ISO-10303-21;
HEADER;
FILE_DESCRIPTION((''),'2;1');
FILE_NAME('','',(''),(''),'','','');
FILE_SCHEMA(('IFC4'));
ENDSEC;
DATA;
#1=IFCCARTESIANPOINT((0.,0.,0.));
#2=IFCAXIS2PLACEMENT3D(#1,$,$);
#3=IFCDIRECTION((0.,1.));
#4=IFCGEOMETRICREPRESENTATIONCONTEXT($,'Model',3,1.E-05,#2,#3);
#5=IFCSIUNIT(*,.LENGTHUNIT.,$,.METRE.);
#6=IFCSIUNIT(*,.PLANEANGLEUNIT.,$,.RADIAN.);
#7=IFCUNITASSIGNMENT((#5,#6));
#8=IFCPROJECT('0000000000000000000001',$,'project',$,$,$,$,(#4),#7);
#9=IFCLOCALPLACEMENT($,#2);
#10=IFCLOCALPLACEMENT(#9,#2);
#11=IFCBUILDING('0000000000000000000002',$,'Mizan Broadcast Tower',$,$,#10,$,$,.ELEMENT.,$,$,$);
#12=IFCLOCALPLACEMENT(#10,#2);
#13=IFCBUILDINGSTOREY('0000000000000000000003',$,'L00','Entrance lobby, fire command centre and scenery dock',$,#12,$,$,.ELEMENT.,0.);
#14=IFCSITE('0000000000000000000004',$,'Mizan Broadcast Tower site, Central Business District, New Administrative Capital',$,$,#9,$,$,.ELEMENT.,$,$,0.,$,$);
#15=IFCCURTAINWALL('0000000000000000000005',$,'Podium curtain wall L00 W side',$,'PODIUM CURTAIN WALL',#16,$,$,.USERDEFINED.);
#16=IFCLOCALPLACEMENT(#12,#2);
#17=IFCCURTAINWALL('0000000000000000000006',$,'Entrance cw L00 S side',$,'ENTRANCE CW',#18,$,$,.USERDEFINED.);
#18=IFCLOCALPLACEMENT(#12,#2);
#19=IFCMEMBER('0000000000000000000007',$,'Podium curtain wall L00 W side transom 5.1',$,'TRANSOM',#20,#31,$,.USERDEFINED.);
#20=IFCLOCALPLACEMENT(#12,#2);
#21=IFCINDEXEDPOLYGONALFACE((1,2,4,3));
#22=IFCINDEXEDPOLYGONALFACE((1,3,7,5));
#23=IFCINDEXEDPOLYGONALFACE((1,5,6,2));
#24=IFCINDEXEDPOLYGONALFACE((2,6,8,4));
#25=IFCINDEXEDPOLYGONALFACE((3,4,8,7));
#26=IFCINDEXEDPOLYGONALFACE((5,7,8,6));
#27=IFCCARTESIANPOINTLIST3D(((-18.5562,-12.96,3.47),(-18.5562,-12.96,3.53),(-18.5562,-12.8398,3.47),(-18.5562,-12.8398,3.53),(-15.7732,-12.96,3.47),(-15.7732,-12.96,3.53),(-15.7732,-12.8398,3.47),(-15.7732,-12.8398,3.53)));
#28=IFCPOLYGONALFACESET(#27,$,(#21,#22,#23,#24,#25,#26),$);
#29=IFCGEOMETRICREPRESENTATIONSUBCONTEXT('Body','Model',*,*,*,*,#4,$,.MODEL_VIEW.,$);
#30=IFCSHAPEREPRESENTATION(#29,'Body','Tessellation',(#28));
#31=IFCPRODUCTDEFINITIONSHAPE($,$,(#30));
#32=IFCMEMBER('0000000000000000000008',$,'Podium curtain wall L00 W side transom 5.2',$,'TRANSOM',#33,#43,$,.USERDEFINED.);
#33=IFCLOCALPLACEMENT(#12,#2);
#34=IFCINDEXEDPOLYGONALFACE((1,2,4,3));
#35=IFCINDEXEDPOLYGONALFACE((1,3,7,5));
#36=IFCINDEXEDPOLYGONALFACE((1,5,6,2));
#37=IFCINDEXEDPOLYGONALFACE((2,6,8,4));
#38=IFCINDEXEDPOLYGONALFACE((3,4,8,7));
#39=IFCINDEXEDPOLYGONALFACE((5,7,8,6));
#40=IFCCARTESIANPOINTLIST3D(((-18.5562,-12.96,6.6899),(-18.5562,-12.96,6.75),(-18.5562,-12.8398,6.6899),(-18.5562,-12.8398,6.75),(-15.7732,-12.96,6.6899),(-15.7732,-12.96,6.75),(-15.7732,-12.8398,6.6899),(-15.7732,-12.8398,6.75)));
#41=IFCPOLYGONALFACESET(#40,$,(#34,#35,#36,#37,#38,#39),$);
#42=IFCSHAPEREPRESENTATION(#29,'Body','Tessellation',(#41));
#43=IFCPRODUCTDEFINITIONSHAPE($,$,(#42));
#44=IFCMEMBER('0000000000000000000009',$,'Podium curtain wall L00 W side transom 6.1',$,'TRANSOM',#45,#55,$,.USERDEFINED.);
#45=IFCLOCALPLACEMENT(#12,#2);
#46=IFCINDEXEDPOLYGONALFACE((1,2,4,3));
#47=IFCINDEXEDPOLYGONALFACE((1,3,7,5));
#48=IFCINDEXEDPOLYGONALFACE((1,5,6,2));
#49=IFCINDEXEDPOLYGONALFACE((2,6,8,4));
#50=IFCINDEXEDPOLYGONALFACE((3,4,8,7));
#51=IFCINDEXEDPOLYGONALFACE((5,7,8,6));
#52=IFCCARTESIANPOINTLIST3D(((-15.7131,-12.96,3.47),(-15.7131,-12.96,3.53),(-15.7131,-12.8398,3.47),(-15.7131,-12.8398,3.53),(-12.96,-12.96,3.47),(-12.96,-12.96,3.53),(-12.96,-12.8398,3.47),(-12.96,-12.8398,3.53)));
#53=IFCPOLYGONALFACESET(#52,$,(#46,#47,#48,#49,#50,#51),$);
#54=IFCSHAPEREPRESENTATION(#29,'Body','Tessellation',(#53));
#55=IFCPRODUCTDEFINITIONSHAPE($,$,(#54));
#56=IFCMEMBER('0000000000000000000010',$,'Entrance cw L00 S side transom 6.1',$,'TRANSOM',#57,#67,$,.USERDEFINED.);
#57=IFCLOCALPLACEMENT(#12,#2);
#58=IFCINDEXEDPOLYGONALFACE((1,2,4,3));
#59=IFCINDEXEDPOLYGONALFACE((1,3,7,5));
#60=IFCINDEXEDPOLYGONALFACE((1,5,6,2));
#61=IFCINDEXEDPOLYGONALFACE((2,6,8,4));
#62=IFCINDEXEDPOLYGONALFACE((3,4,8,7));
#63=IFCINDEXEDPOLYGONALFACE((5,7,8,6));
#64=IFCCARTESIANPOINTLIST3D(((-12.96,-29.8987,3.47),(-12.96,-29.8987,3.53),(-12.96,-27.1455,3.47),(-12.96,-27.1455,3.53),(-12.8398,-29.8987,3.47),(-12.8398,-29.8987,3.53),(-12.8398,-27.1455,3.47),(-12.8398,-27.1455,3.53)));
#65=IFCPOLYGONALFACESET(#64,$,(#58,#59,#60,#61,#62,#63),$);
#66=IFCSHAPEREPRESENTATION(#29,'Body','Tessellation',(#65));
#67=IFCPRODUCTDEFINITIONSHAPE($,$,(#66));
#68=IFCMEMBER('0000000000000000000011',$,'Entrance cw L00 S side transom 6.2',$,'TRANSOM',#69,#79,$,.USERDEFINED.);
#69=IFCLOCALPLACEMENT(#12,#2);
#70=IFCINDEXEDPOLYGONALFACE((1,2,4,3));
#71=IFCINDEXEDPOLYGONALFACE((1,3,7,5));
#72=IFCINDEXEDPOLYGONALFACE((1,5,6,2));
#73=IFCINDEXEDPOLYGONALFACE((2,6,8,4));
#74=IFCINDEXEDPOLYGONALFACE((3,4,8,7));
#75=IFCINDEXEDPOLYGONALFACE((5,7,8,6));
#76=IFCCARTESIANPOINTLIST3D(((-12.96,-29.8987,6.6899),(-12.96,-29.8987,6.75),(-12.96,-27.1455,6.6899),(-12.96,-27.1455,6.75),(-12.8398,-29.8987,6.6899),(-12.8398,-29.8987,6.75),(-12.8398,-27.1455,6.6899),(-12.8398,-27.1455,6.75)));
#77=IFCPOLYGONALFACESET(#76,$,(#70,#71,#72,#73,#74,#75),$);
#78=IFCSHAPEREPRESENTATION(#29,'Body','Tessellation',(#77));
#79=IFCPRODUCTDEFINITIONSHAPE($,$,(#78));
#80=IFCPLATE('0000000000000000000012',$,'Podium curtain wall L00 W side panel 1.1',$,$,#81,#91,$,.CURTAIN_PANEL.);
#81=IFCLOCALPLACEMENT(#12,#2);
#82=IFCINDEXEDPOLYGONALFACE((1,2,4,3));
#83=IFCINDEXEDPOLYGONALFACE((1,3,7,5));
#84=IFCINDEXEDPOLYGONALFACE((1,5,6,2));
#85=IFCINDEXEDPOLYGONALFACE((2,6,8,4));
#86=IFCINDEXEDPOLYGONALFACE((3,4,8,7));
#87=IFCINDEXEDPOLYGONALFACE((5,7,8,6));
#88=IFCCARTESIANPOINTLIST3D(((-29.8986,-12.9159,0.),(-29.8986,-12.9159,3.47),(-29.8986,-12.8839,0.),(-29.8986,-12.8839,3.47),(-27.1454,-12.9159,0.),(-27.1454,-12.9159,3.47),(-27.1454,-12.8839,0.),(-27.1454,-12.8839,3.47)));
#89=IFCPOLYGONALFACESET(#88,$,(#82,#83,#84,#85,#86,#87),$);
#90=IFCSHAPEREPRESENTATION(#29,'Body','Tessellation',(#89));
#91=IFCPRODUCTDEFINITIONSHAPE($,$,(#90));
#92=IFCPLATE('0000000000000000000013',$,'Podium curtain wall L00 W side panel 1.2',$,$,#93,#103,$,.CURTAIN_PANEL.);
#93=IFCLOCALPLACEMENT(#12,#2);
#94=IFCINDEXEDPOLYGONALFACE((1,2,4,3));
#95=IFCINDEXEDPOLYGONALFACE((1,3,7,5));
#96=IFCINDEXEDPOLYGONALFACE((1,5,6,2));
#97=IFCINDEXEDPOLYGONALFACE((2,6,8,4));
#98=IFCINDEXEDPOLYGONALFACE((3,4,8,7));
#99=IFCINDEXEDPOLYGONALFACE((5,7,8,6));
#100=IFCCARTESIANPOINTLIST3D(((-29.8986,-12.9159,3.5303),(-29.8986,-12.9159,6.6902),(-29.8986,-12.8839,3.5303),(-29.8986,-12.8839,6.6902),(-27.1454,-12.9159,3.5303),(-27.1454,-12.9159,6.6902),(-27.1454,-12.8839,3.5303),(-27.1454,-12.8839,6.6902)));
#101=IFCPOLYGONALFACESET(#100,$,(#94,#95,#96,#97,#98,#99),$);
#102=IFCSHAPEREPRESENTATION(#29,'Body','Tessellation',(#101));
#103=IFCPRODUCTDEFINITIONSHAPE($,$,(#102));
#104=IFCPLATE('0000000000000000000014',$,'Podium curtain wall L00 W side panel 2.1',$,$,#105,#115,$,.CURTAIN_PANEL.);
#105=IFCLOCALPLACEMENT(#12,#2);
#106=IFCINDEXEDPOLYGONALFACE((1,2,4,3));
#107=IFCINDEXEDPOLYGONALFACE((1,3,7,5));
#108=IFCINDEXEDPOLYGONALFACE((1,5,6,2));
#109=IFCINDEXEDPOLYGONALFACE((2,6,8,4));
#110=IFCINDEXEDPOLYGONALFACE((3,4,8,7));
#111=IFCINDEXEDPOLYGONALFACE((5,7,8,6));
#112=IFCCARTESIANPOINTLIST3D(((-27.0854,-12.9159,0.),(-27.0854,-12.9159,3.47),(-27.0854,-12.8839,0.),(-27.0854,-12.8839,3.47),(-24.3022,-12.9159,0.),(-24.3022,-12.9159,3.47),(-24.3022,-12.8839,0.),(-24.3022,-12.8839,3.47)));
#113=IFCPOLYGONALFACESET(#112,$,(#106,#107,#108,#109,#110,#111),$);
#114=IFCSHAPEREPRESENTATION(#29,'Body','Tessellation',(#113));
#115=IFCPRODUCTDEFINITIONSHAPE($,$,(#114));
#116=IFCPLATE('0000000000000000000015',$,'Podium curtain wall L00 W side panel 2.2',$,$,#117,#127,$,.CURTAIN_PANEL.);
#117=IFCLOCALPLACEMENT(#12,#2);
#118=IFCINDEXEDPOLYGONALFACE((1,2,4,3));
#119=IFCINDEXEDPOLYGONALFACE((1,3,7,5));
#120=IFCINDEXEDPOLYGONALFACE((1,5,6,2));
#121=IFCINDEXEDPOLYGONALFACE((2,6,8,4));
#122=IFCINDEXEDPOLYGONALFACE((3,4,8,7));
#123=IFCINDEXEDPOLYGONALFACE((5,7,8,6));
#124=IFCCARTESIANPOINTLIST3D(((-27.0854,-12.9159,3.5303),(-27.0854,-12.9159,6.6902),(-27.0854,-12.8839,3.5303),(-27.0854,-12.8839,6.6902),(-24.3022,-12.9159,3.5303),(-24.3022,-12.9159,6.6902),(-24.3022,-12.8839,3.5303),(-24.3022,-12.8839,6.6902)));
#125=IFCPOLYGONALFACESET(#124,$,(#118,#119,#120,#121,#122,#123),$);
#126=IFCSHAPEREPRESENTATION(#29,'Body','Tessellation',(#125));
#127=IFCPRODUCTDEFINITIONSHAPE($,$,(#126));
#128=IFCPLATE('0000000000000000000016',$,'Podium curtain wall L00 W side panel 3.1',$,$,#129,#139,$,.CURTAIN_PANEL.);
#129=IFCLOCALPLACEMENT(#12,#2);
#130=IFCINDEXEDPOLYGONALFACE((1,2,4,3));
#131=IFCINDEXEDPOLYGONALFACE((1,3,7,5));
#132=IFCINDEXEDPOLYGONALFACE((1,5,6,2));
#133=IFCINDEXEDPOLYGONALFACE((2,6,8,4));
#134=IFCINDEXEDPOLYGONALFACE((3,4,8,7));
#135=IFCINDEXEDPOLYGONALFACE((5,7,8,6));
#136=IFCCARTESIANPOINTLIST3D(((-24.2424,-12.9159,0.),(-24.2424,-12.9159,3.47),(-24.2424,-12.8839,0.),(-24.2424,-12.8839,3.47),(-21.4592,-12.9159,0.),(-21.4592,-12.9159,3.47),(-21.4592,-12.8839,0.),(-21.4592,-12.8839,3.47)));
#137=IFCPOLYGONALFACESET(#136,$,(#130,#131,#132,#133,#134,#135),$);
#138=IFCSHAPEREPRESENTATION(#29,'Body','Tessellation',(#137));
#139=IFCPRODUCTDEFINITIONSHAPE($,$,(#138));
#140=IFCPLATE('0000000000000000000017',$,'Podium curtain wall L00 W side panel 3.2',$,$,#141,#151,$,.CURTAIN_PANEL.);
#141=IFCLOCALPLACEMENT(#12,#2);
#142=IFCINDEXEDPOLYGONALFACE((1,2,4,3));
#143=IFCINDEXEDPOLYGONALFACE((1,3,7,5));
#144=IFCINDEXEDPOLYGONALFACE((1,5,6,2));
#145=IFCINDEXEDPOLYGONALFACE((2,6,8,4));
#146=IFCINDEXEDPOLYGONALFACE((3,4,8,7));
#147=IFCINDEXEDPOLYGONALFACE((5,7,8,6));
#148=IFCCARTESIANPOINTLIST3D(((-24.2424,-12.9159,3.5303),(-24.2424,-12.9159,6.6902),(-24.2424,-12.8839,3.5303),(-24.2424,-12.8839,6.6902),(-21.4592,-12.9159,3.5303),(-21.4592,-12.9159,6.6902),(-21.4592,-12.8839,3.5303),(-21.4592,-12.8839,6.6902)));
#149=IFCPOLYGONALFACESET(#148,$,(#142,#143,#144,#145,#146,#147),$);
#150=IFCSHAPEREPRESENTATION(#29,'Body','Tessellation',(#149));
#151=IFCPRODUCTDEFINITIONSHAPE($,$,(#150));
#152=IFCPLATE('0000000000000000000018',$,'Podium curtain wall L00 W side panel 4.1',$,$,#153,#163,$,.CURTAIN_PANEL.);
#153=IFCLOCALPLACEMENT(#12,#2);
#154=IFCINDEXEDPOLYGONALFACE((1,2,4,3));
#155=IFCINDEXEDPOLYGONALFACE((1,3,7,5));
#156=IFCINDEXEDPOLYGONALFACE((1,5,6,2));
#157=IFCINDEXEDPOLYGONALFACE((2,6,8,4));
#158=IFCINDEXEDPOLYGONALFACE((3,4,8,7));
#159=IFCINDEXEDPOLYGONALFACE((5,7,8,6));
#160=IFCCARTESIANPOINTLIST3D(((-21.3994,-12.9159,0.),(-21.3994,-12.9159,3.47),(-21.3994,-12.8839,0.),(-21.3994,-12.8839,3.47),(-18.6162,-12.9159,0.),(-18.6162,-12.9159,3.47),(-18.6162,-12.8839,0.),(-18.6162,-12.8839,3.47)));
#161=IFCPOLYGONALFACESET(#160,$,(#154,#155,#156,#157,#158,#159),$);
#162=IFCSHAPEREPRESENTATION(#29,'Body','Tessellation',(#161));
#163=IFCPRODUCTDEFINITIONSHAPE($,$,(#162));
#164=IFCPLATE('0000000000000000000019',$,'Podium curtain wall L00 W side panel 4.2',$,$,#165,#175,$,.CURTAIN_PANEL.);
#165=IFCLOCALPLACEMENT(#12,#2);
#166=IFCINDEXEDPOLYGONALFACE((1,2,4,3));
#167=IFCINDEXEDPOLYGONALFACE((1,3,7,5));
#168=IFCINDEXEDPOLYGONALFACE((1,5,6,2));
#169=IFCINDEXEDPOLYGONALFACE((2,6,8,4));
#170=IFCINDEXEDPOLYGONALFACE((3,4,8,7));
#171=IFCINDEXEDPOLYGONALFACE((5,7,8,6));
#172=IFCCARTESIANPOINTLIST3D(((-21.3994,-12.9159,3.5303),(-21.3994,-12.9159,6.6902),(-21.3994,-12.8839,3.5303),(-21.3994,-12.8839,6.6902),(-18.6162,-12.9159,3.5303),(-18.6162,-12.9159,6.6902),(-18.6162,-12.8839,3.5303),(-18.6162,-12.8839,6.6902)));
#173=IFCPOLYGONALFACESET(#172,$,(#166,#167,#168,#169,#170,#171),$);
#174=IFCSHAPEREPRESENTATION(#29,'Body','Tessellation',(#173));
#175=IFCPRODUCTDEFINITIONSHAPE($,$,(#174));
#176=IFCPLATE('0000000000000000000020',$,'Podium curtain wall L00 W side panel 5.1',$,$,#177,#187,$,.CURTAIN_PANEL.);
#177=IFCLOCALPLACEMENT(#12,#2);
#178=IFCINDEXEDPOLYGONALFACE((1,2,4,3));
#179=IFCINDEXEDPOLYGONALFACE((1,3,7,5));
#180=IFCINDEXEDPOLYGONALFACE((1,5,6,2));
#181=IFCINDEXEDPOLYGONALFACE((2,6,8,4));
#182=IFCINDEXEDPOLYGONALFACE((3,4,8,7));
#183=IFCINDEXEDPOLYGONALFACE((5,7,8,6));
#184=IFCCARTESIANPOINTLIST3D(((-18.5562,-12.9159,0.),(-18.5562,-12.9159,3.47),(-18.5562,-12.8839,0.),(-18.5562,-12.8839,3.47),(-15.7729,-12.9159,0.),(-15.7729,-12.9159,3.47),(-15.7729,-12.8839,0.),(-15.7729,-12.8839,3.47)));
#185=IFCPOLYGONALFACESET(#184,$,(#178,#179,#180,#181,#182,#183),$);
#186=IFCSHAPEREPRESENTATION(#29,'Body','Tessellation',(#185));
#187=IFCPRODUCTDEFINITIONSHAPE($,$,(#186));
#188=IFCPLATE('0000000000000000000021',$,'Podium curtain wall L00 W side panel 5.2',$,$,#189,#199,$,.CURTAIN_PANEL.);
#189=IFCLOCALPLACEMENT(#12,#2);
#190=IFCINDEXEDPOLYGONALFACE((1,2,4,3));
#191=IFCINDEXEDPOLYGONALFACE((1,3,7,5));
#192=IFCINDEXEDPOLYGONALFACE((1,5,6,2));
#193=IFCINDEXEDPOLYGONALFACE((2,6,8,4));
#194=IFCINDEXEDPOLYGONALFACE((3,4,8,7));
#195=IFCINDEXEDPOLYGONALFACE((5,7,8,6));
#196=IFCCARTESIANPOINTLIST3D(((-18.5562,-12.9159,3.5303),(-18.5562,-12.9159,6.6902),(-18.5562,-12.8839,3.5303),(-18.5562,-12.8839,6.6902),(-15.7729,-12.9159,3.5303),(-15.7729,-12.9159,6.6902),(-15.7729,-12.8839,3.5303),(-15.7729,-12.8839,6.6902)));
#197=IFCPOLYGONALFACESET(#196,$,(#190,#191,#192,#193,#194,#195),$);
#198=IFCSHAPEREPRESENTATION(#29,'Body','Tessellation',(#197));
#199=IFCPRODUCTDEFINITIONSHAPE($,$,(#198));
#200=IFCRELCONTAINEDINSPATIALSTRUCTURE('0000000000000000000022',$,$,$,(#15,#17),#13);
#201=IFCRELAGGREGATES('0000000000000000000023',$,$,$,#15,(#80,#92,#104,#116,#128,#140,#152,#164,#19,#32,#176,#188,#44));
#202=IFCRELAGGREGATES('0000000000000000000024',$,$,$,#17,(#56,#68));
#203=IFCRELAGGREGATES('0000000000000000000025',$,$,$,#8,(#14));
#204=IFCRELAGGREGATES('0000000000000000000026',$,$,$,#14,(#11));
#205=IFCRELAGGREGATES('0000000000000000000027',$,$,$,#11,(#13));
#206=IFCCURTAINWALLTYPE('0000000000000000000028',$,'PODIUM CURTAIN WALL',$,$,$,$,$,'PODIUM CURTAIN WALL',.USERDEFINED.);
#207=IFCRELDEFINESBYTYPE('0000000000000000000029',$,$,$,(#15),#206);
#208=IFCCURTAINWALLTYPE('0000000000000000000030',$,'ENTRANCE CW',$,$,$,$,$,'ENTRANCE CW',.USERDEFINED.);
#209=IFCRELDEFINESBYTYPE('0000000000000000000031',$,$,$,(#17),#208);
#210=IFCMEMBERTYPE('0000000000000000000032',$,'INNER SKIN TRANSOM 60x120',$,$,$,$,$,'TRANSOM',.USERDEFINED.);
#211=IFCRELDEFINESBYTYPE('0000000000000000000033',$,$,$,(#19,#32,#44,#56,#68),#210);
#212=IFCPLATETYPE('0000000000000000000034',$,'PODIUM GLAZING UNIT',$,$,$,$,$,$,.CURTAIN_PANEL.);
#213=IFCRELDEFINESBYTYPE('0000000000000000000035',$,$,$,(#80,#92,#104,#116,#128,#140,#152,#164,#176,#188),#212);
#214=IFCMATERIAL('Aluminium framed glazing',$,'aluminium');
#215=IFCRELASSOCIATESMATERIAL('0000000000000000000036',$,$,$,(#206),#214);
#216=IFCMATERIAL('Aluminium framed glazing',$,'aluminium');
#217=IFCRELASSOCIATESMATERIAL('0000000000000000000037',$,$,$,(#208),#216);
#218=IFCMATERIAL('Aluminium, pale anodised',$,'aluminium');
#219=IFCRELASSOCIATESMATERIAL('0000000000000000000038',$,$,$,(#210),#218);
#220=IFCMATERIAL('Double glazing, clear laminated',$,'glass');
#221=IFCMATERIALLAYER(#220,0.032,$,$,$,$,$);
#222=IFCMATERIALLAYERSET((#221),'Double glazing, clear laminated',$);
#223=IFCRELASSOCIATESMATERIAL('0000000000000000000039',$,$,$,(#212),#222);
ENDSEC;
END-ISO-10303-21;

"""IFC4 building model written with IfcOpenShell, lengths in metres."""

from ifc_helpers import new_model, si_unit, direction, frame, origin, origin_2d, place, context, subcontext, project, spatial, rectangle, extrude, material, layer, layer_set, material_profile, profile_set, type_object, element, aggregate, save


model = new_model("IFC4")

# Units and contexts
model_context = context("Model", 3, precision=1e-05, world=origin(), true_north=direction((0.0, 1.0)))
body_context = subcontext(model_context, "Body", "Model", "MODEL_VIEW")
ifc_project = project(units=[si_unit("LENGTHUNIT", "METRE"), si_unit("PLANEANGLEUNIT", "RADIAN")], contexts=[model_context])

# Site, building, storey
site_placement = place(None, origin())
site = spatial("IfcSite", under=ifc_project, at=site_placement, Name="Mizan Broadcast Tower site, Central Business District, New Administrative Capital", CompositionType="ELEMENT", RefElevation=0.0)
building_placement = place(site_placement, origin())
building = spatial("IfcBuilding", under=site, at=building_placement, Name="Mizan Broadcast Tower", CompositionType="ELEMENT")
storey_placement = place(building_placement, origin())
storey = spatial("IfcBuildingStorey", under=building, at=storey_placement, Name="L00", Description="Entrance lobby, fire command centre and scenery dock", CompositionType="ELEMENT", Elevation=0.0)

# Curtain walls
ifc_material_1 = material(Name="Aluminium framed glazing", Category="aluminium")
curtain_wall_type_1 = type_object("IfcCurtainWallType", Name="PODIUM CURTAIN WALL", ElementType="PODIUM CURTAIN WALL", PredefinedType="USERDEFINED", material=ifc_material_1)
curtain_wall_1_placement = place(storey_placement, origin())
curtain_wall_1 = element("IfcCurtainWall", 1, at=curtain_wall_1_placement, inside=storey, type_object=curtain_wall_type_1, Name="Podium curtain wall L00 W side", ObjectType="PODIUM CURTAIN WALL", PredefinedType="USERDEFINED")
ifc_material_2 = material(Name="Aluminium framed glazing", Category="aluminium")
curtain_wall_type_2 = type_object("IfcCurtainWallType", Name="ENTRANCE CW", ElementType="ENTRANCE CW", PredefinedType="USERDEFINED", material=ifc_material_2)
curtain_wall_2_placement = place(storey_placement, origin())
curtain_wall_2 = element("IfcCurtainWall", 2, at=curtain_wall_2_placement, inside=storey, type_object=curtain_wall_type_2, Name="Entrance cw L00 S side", ObjectType="ENTRANCE CW", PredefinedType="USERDEFINED")

# Members
ifc_material_3 = material(Name="Aluminium, pale anodised", Category="aluminium")
ifc_material_profile_1 = material_profile(ifc_material_3, rectangle(XDim=0.1201, YDim=0.0601, at=origin_2d()), Name="TRANSOM 120x60")
ifc_profile_set_1 = profile_set([ifc_material_profile_1], Name="Aluminium, pale anodised")
member_type_1 = type_object("IfcMemberType", Name="INNER SKIN TRANSOM 60x120", ElementType="TRANSOM", PredefinedType="USERDEFINED", material=ifc_profile_set_1)
member_1_placement = place(storey_placement, frame((-18.5562, -12.8999, 3.5), z_axis=(1.0, 0.0, 0.0), x_axis=(0.0, 1.0, 0.0)))
member_1 = element("IfcMember", 3, at=member_1_placement, type_object=member_type_1, Name="Podium curtain wall L00 W side transom 5.1", ObjectType="TRANSOM", PredefinedType="USERDEFINED", context=body_context, shape_type="SweptSolid", body=[
    extrude(rectangle(XDim=0.1201, YDim=0.0601, at=origin_2d()), origin(), (0.0, 0.0, 1.0), 2.783),
])
member_2_placement = place(storey_placement, frame((-18.5562, -12.8999, 6.72), z_axis=(1.0, 0.0, 0.0), x_axis=(0.0, 1.0, 0.0)))
member_2 = element("IfcMember", 4, at=member_2_placement, type_object=member_type_1, Name="Podium curtain wall L00 W side transom 5.2", ObjectType="TRANSOM", PredefinedType="USERDEFINED", context=body_context, shape_type="SweptSolid", body=[
    extrude(rectangle(XDim=0.1201, YDim=0.0601, at=origin_2d()), origin(), (0.0, 0.0, 1.0), 2.783),
])
member_3_placement = place(storey_placement, frame((-15.7131, -12.8999, 3.5), z_axis=(1.0, 0.0, 0.0), x_axis=(0.0, 1.0, 0.0)))
member_3 = element("IfcMember", 5, at=member_3_placement, type_object=member_type_1, Name="Podium curtain wall L00 W side transom 6.1", ObjectType="TRANSOM", PredefinedType="USERDEFINED", context=body_context, shape_type="SweptSolid", body=[
    extrude(rectangle(XDim=0.1201, YDim=0.0601, at=origin_2d()), origin(), (0.0, 0.0, 1.0), 2.7532),
])
member_4_placement = place(storey_placement, frame((-12.8999, -27.1455, 3.5), z_axis=(0.0, -1.0, 0.0), x_axis=(1.0, 0.0, 0.0)))
member_4 = element("IfcMember", 6, at=member_4_placement, type_object=member_type_1, Name="Entrance cw L00 S side transom 6.1", ObjectType="TRANSOM", PredefinedType="USERDEFINED", context=body_context, shape_type="SweptSolid", body=[
    extrude(rectangle(XDim=0.1201, YDim=0.0601, at=origin_2d()), origin(), (0.0, 0.0, 1.0), 2.7532),
])
member_5_placement = place(storey_placement, frame((-12.8999, -27.1455, 6.72), z_axis=(0.0, -1.0, 0.0), x_axis=(1.0, 0.0, 0.0)))
member_5 = element("IfcMember", 7, at=member_5_placement, type_object=member_type_1, Name="Entrance cw L00 S side transom 6.2", ObjectType="TRANSOM", PredefinedType="USERDEFINED", context=body_context, shape_type="SweptSolid", body=[
    extrude(rectangle(XDim=0.1201, YDim=0.0601, at=origin_2d()), origin(), (0.0, 0.0, 1.0), 2.7532),
])

# Plates
ifc_material_4 = material(Name="Double glazing, clear laminated", Category="glass")
ifc_layer_1 = layer(ifc_material_4, 0.032)
ifc_layer_set_1 = layer_set([ifc_layer_1], Name="Double glazing, clear laminated")
plate_type = type_object("IfcPlateType", Name="PODIUM GLAZING UNIT", PredefinedType="CURTAIN_PANEL", material=ifc_layer_set_1)
plate_1_placement = place(storey_placement, frame((-28.522, -12.8999, 0.0), z_axis=(0.0, 0.0, 1.0), x_axis=(1.0, 0.0, 0.0)))
plate_1 = element("IfcPlate", 8, at=plate_1_placement, type_object=plate_type, Name="Podium curtain wall L00 W side panel 1.1", PredefinedType="CURTAIN_PANEL", context=body_context, shape_type="SweptSolid", body=[
    extrude(rectangle(XDim=2.7532, YDim=0.032, at=origin_2d()), origin(), (0.0, 0.0, 1.0), 3.47),
])
plate_2_placement = place(storey_placement, frame((-28.522, -12.8999, 3.5303), z_axis=(0.0, 0.0, 1.0), x_axis=(1.0, 0.0, 0.0)))
plate_2 = element("IfcPlate", 9, at=plate_2_placement, type_object=plate_type, Name="Podium curtain wall L00 W side panel 1.2", PredefinedType="CURTAIN_PANEL", context=body_context, shape_type="SweptSolid", body=[
    extrude(rectangle(XDim=2.7532, YDim=0.032, at=origin_2d()), origin(), (0.0, 0.0, 1.0), 3.1599),
])
plate_3_placement = place(storey_placement, frame((-25.6938, -12.8999, 0.0), z_axis=(0.0, 0.0, 1.0), x_axis=(1.0, 0.0, 0.0)))
plate_3 = element("IfcPlate", 10, at=plate_3_placement, type_object=plate_type, Name="Podium curtain wall L00 W side panel 2.1", PredefinedType="CURTAIN_PANEL", context=body_context, shape_type="SweptSolid", body=[
    extrude(rectangle(XDim=2.7832, YDim=0.032, at=origin_2d()), origin(), (0.0, 0.0, 1.0), 3.47),
])
plate_4_placement = place(storey_placement, frame((-25.6938, -12.8999, 3.5303), z_axis=(0.0, 0.0, 1.0), x_axis=(1.0, 0.0, 0.0)))
plate_4 = element("IfcPlate", 11, at=plate_4_placement, type_object=plate_type, Name="Podium curtain wall L00 W side panel 2.2", PredefinedType="CURTAIN_PANEL", context=body_context, shape_type="SweptSolid", body=[
    extrude(rectangle(XDim=2.7832, YDim=0.032, at=origin_2d()), origin(), (0.0, 0.0, 1.0), 3.1599),
])
plate_5_placement = place(storey_placement, frame((-22.8508, -12.8999, 0.0), z_axis=(0.0, 0.0, 1.0), x_axis=(1.0, 0.0, 0.0)))
plate_5 = element("IfcPlate", 12, at=plate_5_placement, type_object=plate_type, Name="Podium curtain wall L00 W side panel 3.1", PredefinedType="CURTAIN_PANEL", context=body_context, shape_type="SweptSolid", body=[
    extrude(rectangle(XDim=2.7832, YDim=0.032, at=origin_2d()), origin(), (0.0, 0.0, 1.0), 3.47),
])
plate_6_placement = place(storey_placement, frame((-22.8508, -12.8999, 3.5303), z_axis=(0.0, 0.0, 1.0), x_axis=(1.0, 0.0, 0.0)))
plate_6 = element("IfcPlate", 13, at=plate_6_placement, type_object=plate_type, Name="Podium curtain wall L00 W side panel 3.2", PredefinedType="CURTAIN_PANEL", context=body_context, shape_type="SweptSolid", body=[
    extrude(rectangle(XDim=2.7832, YDim=0.032, at=origin_2d()), origin(), (0.0, 0.0, 1.0), 3.1599),
])
plate_7_placement = place(storey_placement, frame((-20.0078, -12.8999, 0.0), z_axis=(0.0, 0.0, 1.0), x_axis=(1.0, 0.0, 0.0)))
plate_7 = element("IfcPlate", 14, at=plate_7_placement, type_object=plate_type, Name="Podium curtain wall L00 W side panel 4.1", PredefinedType="CURTAIN_PANEL", context=body_context, shape_type="SweptSolid", body=[
    extrude(rectangle(XDim=2.7832, YDim=0.032, at=origin_2d()), origin(), (0.0, 0.0, 1.0), 3.47),
])
plate_8_placement = place(storey_placement, frame((-20.0078, -12.8999, 3.5303), z_axis=(0.0, 0.0, 1.0), x_axis=(1.0, 0.0, 0.0)))
plate_8 = element("IfcPlate", 15, at=plate_8_placement, type_object=plate_type, Name="Podium curtain wall L00 W side panel 4.2", PredefinedType="CURTAIN_PANEL", context=body_context, shape_type="SweptSolid", body=[
    extrude(rectangle(XDim=2.7832, YDim=0.032, at=origin_2d()), origin(), (0.0, 0.0, 1.0), 3.1599),
])
plate_9_placement = place(storey_placement, frame((-17.1646, -12.8999, 0.0), z_axis=(0.0, 0.0, 1.0), x_axis=(1.0, 0.0, 0.0)))
plate_9 = element("IfcPlate", 16, at=plate_9_placement, type_object=plate_type, Name="Podium curtain wall L00 W side panel 5.1", PredefinedType="CURTAIN_PANEL", context=body_context, shape_type="SweptSolid", body=[
    extrude(rectangle(XDim=2.7832, YDim=0.032, at=origin_2d()), origin(), (0.0, 0.0, 1.0), 3.47),
])
plate_10_placement = place(storey_placement, frame((-17.1646, -12.8999, 3.5303), z_axis=(0.0, 0.0, 1.0), x_axis=(1.0, 0.0, 0.0)))
plate_10 = element("IfcPlate", 17, at=plate_10_placement, type_object=plate_type, Name="Podium curtain wall L00 W side panel 5.2", PredefinedType="CURTAIN_PANEL", context=body_context, shape_type="SweptSolid", body=[
    extrude(rectangle(XDim=2.7832, YDim=0.032, at=origin_2d()), origin(), (0.0, 0.0, 1.0), 3.1599),
])
aggregate(curtain_wall_1, [plate_1, plate_2, plate_3, plate_4, plate_5, plate_6, plate_7, plate_8, member_1, member_2, plate_9, plate_10, member_3])
aggregate(curtain_wall_2, [member_4, member_5])

save(model, "model.ifc")
